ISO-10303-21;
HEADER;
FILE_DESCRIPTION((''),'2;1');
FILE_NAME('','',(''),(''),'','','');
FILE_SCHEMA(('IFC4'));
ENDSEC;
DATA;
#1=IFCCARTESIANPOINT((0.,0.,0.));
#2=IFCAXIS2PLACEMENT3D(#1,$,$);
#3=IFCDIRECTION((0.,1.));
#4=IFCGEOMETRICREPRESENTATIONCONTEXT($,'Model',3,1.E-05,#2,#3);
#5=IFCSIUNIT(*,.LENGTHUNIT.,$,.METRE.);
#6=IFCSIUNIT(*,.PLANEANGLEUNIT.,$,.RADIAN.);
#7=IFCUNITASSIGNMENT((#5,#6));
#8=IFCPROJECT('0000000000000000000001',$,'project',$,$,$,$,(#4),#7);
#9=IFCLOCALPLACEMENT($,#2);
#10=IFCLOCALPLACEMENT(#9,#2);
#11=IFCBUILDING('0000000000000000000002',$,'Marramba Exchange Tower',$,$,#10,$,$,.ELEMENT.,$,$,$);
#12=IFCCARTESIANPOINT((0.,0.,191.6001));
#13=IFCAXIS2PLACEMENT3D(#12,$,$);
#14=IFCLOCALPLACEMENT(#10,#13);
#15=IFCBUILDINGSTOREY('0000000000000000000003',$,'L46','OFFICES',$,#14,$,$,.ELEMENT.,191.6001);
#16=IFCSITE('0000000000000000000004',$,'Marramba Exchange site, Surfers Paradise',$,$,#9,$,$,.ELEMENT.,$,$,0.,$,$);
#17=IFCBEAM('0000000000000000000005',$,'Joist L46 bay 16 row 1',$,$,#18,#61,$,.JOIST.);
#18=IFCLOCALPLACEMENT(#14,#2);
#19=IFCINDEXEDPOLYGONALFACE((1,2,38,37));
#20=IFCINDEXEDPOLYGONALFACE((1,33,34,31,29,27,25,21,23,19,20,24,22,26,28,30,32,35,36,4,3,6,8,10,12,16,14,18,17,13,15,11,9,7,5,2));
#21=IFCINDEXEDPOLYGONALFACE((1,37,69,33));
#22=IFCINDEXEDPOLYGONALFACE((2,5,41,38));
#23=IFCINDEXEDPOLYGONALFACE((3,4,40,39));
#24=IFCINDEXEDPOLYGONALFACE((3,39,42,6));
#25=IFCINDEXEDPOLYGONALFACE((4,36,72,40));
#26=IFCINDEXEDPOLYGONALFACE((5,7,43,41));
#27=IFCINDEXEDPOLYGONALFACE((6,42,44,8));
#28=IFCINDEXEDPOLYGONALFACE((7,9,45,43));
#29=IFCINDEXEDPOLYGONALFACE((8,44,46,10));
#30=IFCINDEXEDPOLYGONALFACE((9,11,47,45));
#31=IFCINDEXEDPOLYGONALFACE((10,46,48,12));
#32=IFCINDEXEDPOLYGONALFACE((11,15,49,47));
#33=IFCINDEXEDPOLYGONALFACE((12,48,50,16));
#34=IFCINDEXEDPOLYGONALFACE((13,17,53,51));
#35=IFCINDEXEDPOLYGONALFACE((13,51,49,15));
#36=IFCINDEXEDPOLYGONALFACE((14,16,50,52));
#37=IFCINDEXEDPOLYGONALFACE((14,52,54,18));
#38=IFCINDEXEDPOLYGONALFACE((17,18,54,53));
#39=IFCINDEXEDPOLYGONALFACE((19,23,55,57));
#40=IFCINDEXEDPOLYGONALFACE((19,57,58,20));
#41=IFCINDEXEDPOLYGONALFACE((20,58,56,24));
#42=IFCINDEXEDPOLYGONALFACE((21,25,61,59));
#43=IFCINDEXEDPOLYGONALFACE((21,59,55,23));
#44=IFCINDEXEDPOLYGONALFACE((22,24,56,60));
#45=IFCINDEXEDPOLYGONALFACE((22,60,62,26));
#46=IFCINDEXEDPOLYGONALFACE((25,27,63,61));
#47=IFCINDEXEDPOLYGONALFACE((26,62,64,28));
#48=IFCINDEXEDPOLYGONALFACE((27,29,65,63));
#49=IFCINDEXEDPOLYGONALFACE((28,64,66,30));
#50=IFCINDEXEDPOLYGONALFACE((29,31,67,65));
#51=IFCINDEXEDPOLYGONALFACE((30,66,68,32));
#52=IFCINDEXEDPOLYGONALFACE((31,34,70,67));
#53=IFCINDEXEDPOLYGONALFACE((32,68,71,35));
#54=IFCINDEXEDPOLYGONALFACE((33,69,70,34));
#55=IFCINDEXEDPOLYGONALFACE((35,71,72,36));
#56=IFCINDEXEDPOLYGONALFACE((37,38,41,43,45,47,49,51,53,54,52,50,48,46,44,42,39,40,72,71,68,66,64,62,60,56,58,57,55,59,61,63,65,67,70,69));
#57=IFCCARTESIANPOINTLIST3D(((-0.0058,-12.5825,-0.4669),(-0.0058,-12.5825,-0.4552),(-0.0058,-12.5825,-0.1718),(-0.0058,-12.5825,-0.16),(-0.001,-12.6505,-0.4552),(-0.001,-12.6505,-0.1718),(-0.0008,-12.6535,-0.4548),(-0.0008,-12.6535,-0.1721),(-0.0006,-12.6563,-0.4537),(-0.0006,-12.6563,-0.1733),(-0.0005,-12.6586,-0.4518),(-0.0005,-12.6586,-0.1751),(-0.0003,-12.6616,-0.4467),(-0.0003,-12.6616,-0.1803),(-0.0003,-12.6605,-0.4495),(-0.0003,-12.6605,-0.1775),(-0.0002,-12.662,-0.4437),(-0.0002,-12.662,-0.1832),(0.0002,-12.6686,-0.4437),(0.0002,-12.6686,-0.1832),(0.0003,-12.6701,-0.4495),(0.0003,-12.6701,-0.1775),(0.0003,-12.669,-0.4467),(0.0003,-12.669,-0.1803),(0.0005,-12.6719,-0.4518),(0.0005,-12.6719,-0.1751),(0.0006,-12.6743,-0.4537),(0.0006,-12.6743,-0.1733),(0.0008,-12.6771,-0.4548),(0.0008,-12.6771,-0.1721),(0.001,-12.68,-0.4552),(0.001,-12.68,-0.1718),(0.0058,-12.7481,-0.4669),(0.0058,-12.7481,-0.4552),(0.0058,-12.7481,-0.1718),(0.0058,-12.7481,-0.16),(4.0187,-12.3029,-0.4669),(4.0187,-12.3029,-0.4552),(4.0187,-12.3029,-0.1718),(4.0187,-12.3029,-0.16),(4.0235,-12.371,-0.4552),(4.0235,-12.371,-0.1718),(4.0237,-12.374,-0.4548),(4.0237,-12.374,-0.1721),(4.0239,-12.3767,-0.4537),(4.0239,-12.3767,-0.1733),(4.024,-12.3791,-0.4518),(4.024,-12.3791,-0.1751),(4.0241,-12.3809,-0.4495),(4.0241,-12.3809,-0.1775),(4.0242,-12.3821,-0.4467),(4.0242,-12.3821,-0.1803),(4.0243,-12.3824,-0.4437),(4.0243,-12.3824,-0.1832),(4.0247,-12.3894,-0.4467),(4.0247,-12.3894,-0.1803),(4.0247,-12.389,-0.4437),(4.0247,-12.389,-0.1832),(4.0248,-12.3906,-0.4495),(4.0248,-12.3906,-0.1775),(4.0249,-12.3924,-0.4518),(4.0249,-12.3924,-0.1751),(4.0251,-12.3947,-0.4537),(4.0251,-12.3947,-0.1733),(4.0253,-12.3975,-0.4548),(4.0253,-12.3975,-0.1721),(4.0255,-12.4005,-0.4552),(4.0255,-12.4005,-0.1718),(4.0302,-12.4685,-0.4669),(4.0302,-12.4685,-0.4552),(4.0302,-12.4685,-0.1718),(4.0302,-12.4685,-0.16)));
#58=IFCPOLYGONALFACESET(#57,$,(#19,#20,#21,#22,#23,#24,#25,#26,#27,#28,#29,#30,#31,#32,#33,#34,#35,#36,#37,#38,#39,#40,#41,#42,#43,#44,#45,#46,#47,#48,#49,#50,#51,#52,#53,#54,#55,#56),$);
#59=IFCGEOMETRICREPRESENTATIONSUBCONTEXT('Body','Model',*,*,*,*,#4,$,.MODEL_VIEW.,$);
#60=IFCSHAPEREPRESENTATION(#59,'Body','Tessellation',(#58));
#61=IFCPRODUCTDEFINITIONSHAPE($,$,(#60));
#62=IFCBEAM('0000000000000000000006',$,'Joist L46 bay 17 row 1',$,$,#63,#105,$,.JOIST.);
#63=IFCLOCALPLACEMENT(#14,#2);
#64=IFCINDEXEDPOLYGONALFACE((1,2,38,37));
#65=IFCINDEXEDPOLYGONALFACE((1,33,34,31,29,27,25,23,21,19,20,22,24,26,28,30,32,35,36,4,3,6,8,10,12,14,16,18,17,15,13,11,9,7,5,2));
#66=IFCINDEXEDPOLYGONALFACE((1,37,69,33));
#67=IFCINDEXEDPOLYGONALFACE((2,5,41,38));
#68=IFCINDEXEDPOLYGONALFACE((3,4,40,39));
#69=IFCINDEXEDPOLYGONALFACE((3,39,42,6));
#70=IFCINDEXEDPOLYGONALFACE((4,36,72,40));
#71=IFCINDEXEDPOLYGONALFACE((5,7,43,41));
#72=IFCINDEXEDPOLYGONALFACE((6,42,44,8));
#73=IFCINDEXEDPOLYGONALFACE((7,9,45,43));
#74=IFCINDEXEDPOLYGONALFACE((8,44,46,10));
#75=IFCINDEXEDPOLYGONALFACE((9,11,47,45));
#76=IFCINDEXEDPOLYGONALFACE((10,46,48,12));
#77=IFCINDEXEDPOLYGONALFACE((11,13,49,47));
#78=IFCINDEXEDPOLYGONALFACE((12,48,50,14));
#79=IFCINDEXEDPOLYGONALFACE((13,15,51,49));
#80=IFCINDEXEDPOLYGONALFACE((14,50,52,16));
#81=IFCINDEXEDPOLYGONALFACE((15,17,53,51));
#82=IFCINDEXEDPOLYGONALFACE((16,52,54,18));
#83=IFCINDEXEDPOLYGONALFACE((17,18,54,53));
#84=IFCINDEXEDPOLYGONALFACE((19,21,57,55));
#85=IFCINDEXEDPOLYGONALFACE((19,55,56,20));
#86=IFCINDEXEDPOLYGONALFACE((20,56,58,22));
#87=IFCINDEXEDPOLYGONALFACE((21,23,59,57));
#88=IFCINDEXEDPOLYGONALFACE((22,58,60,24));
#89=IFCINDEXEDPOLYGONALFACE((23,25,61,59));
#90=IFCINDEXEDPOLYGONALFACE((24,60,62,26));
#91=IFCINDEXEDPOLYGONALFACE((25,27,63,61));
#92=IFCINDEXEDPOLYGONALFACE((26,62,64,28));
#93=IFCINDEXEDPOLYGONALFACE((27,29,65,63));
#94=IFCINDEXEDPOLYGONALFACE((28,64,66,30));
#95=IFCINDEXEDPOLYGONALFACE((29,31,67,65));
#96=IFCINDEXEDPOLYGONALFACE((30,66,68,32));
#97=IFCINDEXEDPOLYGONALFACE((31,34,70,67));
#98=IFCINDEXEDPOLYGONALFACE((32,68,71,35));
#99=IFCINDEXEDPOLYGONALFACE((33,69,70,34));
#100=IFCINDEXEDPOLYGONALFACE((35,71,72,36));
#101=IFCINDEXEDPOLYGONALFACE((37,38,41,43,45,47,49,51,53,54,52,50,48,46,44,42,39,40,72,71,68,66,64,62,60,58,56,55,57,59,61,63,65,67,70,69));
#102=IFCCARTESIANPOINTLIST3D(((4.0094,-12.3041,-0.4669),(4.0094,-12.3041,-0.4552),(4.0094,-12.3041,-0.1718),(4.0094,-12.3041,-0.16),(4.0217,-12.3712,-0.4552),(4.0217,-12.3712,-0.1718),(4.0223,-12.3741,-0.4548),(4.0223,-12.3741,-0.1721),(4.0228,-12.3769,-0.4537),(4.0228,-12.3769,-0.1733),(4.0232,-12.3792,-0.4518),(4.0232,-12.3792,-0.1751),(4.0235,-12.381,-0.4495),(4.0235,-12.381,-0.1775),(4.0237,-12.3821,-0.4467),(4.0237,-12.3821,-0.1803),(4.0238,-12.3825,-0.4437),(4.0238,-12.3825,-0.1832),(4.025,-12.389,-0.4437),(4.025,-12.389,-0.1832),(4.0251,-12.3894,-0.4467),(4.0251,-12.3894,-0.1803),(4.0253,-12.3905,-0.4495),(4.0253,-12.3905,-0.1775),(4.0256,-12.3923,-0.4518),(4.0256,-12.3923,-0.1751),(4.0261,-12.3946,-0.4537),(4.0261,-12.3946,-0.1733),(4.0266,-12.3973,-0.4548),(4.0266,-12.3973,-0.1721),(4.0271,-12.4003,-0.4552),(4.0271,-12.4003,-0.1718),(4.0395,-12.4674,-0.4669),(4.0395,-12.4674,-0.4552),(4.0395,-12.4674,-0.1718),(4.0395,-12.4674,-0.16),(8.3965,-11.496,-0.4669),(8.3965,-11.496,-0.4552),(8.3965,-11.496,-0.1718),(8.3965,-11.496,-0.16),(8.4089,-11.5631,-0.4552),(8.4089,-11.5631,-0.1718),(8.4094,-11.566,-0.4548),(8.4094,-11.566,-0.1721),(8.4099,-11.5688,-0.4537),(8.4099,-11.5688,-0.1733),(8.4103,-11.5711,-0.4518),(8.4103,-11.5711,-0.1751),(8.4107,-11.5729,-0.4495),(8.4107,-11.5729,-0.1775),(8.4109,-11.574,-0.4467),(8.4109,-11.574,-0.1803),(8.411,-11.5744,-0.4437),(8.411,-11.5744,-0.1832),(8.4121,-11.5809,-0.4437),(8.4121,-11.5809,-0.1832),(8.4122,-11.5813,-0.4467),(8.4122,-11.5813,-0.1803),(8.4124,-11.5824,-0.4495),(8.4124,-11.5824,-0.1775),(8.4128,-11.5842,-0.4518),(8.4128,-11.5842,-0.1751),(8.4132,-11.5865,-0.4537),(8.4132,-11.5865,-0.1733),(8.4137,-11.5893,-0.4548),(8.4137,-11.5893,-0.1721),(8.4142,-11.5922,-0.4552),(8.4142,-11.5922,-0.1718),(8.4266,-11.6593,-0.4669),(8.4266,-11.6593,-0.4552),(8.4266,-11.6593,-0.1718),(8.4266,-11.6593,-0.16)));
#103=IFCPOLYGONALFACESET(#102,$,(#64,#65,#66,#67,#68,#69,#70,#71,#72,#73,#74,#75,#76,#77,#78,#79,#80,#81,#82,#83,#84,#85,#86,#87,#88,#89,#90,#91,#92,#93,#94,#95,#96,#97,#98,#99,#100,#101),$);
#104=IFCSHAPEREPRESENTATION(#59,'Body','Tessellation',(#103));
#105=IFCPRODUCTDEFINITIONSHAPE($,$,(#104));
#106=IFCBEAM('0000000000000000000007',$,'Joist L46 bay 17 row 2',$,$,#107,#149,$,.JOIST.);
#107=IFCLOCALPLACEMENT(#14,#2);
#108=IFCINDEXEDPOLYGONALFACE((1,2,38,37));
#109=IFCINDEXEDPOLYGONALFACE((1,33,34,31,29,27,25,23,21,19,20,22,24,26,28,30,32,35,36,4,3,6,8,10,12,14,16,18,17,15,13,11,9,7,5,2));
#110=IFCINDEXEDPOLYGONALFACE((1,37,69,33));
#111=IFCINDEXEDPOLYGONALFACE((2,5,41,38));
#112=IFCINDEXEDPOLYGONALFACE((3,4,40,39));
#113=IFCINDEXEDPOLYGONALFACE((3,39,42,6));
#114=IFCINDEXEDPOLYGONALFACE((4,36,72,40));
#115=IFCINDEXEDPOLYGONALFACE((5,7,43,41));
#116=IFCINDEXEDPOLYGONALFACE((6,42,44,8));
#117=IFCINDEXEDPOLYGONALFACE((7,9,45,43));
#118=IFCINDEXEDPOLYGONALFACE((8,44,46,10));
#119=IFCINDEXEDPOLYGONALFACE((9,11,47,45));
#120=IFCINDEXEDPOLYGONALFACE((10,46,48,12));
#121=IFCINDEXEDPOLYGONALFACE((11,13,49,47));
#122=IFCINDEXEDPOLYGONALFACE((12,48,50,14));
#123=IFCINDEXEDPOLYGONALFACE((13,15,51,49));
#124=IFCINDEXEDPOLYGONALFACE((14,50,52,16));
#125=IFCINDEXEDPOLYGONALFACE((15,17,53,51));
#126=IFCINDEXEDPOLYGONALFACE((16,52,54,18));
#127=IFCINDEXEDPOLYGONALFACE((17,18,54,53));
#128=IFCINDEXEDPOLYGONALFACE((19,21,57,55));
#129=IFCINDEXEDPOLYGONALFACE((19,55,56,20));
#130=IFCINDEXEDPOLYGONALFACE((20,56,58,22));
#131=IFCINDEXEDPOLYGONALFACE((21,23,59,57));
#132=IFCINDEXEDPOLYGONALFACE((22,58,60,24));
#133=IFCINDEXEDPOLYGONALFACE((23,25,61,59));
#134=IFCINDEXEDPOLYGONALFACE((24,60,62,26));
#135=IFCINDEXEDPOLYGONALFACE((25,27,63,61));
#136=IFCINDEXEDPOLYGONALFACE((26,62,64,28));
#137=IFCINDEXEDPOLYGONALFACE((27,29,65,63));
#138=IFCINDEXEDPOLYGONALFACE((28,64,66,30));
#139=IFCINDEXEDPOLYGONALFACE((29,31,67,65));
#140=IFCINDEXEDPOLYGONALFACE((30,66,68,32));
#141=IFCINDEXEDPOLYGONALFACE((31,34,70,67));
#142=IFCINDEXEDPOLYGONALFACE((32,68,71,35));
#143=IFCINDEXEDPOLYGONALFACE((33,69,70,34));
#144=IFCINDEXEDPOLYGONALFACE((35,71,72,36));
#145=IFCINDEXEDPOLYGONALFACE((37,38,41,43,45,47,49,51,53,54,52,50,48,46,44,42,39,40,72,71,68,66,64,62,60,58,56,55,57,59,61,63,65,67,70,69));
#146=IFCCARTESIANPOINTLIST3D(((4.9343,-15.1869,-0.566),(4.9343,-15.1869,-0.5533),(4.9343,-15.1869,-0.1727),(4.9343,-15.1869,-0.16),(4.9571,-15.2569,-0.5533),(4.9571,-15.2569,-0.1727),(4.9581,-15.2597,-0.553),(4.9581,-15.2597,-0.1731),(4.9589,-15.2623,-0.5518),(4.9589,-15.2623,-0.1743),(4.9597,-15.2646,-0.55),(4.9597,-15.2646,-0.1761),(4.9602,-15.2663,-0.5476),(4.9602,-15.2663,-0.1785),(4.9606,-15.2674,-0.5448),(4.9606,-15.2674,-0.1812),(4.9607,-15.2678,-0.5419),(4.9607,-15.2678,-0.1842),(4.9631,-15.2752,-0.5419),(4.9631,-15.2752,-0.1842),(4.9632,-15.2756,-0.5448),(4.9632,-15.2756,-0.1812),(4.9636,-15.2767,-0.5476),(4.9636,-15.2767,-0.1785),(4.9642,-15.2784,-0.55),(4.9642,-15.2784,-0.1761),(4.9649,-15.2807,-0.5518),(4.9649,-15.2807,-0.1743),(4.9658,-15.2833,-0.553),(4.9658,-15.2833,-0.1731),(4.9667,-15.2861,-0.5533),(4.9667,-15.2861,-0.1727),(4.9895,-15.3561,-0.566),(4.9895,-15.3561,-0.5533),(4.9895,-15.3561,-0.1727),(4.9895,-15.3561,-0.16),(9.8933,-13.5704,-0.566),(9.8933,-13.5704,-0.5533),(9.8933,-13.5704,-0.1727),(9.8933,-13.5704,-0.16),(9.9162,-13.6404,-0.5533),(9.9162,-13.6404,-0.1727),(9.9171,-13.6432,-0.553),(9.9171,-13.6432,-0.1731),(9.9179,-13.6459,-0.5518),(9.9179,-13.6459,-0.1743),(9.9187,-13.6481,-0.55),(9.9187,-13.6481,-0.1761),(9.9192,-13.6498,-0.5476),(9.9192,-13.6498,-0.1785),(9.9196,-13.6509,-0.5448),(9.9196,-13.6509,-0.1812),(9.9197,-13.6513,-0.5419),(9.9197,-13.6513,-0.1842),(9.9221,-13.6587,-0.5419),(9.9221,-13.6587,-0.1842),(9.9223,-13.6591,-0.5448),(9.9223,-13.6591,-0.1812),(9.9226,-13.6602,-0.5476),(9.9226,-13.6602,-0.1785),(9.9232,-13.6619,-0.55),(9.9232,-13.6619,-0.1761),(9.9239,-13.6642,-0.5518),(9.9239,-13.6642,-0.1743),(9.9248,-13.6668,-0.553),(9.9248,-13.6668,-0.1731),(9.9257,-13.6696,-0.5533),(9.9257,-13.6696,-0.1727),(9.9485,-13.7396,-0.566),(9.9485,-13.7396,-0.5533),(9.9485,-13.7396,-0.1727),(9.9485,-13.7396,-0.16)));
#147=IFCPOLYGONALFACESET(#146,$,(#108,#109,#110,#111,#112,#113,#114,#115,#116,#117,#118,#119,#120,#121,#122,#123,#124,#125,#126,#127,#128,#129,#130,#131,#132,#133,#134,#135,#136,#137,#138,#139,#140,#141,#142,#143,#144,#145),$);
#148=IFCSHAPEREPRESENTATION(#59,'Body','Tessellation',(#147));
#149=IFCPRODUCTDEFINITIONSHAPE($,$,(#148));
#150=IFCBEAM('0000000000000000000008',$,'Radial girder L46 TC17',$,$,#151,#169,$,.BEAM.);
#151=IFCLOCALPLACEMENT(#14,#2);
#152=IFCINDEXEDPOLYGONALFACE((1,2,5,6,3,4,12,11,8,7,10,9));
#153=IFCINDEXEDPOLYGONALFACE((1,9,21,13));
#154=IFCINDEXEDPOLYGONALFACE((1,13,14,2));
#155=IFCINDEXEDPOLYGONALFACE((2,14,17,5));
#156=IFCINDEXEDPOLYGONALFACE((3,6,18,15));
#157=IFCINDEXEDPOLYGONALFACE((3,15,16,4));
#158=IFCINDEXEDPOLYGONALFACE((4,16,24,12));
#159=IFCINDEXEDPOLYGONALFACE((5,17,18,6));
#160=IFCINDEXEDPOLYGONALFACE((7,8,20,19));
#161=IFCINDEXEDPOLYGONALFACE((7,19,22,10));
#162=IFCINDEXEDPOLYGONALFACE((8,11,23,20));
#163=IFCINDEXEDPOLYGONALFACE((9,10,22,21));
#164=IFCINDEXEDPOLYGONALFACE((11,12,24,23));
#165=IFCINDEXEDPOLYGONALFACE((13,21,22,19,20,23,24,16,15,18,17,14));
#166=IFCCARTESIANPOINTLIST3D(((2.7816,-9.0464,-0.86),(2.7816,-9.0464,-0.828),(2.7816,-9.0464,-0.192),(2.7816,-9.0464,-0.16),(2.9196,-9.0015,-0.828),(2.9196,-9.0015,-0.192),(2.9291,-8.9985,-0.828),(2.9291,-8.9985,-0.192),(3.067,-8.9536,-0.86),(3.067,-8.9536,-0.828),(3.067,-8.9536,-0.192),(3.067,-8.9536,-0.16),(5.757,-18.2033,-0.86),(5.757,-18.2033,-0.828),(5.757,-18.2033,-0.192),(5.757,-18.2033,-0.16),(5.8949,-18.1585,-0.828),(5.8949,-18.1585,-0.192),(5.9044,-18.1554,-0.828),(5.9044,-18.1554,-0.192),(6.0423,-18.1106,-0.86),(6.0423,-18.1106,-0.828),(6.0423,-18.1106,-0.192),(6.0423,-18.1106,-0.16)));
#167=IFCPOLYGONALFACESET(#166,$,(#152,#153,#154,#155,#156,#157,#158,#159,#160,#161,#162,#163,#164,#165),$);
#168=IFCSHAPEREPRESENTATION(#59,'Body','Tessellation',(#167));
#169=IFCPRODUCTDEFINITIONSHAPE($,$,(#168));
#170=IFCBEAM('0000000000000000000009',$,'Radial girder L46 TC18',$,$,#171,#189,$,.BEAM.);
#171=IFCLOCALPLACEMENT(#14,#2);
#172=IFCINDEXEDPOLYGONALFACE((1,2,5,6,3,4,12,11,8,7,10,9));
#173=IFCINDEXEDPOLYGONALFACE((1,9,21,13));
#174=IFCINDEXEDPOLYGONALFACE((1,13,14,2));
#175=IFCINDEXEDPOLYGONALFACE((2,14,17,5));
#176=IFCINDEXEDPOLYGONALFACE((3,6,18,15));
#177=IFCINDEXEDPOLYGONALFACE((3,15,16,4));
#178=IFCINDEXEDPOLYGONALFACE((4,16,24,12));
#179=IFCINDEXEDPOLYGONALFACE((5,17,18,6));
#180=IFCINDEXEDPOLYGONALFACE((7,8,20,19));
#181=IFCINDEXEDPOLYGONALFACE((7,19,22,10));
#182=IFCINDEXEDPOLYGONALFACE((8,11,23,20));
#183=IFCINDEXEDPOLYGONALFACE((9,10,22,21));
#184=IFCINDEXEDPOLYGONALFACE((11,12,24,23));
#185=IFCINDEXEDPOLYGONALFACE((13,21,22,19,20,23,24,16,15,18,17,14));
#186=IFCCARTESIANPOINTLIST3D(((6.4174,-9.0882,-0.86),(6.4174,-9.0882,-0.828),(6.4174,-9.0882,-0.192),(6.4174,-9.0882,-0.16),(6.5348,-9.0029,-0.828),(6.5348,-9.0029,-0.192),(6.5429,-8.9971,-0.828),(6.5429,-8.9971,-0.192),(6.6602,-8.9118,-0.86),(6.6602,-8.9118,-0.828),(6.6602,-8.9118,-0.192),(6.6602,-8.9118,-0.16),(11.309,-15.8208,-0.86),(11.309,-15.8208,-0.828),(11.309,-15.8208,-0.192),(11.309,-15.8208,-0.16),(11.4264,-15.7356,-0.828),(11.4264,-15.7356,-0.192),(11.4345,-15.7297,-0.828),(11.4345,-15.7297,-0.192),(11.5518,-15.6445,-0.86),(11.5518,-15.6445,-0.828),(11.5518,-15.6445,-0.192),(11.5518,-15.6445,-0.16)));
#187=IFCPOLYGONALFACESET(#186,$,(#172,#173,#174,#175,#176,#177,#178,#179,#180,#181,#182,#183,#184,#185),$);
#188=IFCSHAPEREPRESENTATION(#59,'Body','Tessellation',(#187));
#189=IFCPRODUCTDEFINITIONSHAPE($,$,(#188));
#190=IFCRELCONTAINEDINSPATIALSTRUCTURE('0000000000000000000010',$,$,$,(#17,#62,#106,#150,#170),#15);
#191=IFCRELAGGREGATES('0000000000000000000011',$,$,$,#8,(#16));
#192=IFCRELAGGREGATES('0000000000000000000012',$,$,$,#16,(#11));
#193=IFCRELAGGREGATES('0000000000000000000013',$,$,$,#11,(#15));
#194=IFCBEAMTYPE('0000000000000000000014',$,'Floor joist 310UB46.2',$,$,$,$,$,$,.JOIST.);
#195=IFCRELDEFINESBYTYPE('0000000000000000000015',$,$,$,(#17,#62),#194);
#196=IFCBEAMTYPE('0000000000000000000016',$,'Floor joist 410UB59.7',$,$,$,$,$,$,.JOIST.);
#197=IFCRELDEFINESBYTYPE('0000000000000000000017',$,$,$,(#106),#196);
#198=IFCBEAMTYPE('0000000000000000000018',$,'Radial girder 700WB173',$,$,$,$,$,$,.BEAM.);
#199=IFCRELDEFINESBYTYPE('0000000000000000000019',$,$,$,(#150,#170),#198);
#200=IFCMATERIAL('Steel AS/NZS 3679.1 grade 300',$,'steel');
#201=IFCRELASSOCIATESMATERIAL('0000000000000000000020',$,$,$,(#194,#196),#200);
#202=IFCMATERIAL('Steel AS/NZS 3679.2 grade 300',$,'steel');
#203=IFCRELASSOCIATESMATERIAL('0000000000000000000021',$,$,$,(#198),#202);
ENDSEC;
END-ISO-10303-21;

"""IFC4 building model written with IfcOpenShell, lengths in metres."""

from ifc_helpers import new_model, si_unit, direction, frame, origin, origin_2d, place, context, subcontext, project, spatial, i_section, extrude, material, material_profile, profile_set, type_object, element, save


model = new_model("IFC4")

# Units and contexts
model_context = context("Model", 3, precision=1e-05, world=origin(), true_north=direction((0.0, 1.0)))
body_context = subcontext(model_context, "Body", "Model", "MODEL_VIEW")
ifc_project = project(units=[si_unit("LENGTHUNIT", "METRE"), si_unit("PLANEANGLEUNIT", "RADIAN")], contexts=[model_context])

# Site, building, storey
site_placement = place(None, origin())
site = spatial("IfcSite", under=ifc_project, at=site_placement, Name="Marramba Exchange site, Surfers Paradise", CompositionType="ELEMENT", RefElevation=0.0)
building_placement = place(site_placement, origin())
building = spatial("IfcBuilding", under=site, at=building_placement, Name="Marramba Exchange Tower", CompositionType="ELEMENT")
storey_placement = place(building_placement, frame((0.0, 0.0, 191.6001)))
storey = spatial("IfcBuildingStorey", under=building, at=storey_placement, Name="L46", Description="OFFICES", CompositionType="ELEMENT", Elevation=191.6001)

# Beams
ifc_material_1 = material(Name="Steel AS/NZS 3679.1 grade 300", Category="steel")
ifc_material_profile_1 = material_profile(ifc_material_1, i_section(OverallWidth=0.166, OverallDepth=0.3069, WebThickness=0.0066, FlangeThickness=0.0117, FilletRadius=0.0115, at=origin_2d()), Name="310UB46.2")
ifc_profile_set_1 = profile_set([ifc_material_profile_1], Name="Steel AS/NZS 3679.1 grade 300")
beam_type_1 = type_object("IfcBeamType", Name="Floor joist 310UB46.2", PredefinedType="JOIST", material=ifc_profile_set_1)
beam_1_placement = place(storey_placement, frame((0.0, -12.6653, -0.3135), z_axis=(0.997596, 0.069294, 0.0), x_axis=(-0.069294, 0.997596, 0.0)))
element("IfcBeam", 1, at=beam_1_placement, inside=storey, type_object=beam_type_1, Name="Joist L46 bay 16 row 1", PredefinedType="JOIST", context=body_context, shape_type="SweptSolid", body=[
    extrude(i_section(OverallWidth=0.166, OverallDepth=0.3069, WebThickness=0.0066, FlangeThickness=0.0117, FilletRadius=0.0115, at=origin_2d()), origin(), (0.0, 0.0, 1.0), 4.0342),
])
beam_2_placement = place(storey_placement, frame((4.0244, -12.3857, -0.3135), z_axis=(0.983456, 0.181149, 0.0), x_axis=(-0.181149, 0.983456, 0.0)))
element("IfcBeam", 2, at=beam_2_placement, inside=storey, type_object=beam_type_1, Name="Joist L46 bay 17 row 1", PredefinedType="JOIST", context=body_context, shape_type="SweptSolid", body=[
    extrude(i_section(OverallWidth=0.166, OverallDepth=0.3069, WebThickness=0.0066, FlangeThickness=0.0117, FilletRadius=0.0115, at=origin_2d()), origin(), (0.0, 0.0, 1.0), 4.4609),
])
ifc_material_profile_2 = material_profile(ifc_material_1, i_section(OverallWidth=0.178, OverallDepth=0.406, WebThickness=0.0078, FlangeThickness=0.0127, FilletRadius=0.0115, at=origin_2d()), Name="410UB59.7")
ifc_profile_set_2 = profile_set([ifc_material_profile_2], Name="Steel AS/NZS 3679.1 grade 300")
beam_type_2 = type_object("IfcBeamType", Name="Floor joist 410UB59.7", PredefinedType="JOIST", material=ifc_profile_set_2)
beam_3_placement = place(storey_placement, frame((4.9619, -15.2715, -0.363), z_axis=(0.950764, 0.309916, 0.0), x_axis=(-0.309916, 0.950764, 0.0)))
element("IfcBeam", 3, at=beam_3_placement, inside=storey, type_object=beam_type_2, Name="Joist L46 bay 17 row 2", PredefinedType="JOIST", context=body_context, shape_type="SweptSolid", body=[
    extrude(i_section(OverallWidth=0.178, OverallDepth=0.406, WebThickness=0.0078, FlangeThickness=0.0127, FilletRadius=0.0115, at=origin_2d()), origin(), (0.0, 0.0, 1.0), 5.2158),
])
ifc_material_2 = material(Name="Steel AS/NZS 3679.2 grade 300", Category="steel")
ifc_material_profile_3 = material_profile(ifc_material_2, i_section(OverallWidth=0.3, OverallDepth=0.7, WebThickness=0.01, FlangeThickness=0.032, at=origin_2d()), Name="700WB173")
ifc_profile_set_3 = profile_set([ifc_material_profile_3], Name="Steel AS/NZS 3679.2 grade 300")
beam_type_3 = type_object("IfcBeamType", Name="Radial girder 700WB173", PredefinedType="BEAM", material=ifc_profile_set_3)
beam_4_placement = place(storey_placement, frame((2.9243, -9.0, -0.51), z_axis=(0.309022, -0.951055, 0.0), x_axis=(0.951055, 0.309022, 0.0)))
element("IfcBeam", 4, at=beam_4_placement, inside=storey, type_object=beam_type_3, Name="Radial girder L46 TC17", PredefinedType="BEAM", context=body_context, shape_type="SweptSolid", body=[
    extrude(i_section(OverallWidth=0.3, OverallDepth=0.7, WebThickness=0.01, FlangeThickness=0.032, at=origin_2d()), origin(), (0.0, 0.0, 1.0), 9.6282),
])
beam_5_placement = place(storey_placement, frame((6.5388, -9.0, -0.51), z_axis=(0.587788, -0.809015, 0.0), x_axis=(0.809015, 0.587788, 0.0)))
element("IfcBeam", 5, at=beam_5_placement, inside=storey, type_object=beam_type_3, Name="Radial girder L46 TC18", PredefinedType="BEAM", context=body_context, shape_type="SweptSolid", body=[
    extrude(i_section(OverallWidth=0.3, OverallDepth=0.7, WebThickness=0.01, FlangeThickness=0.032, at=origin_2d()), origin(), (0.0, 0.0, 1.0), 8.322),
])

save(model, "model.ifc")
